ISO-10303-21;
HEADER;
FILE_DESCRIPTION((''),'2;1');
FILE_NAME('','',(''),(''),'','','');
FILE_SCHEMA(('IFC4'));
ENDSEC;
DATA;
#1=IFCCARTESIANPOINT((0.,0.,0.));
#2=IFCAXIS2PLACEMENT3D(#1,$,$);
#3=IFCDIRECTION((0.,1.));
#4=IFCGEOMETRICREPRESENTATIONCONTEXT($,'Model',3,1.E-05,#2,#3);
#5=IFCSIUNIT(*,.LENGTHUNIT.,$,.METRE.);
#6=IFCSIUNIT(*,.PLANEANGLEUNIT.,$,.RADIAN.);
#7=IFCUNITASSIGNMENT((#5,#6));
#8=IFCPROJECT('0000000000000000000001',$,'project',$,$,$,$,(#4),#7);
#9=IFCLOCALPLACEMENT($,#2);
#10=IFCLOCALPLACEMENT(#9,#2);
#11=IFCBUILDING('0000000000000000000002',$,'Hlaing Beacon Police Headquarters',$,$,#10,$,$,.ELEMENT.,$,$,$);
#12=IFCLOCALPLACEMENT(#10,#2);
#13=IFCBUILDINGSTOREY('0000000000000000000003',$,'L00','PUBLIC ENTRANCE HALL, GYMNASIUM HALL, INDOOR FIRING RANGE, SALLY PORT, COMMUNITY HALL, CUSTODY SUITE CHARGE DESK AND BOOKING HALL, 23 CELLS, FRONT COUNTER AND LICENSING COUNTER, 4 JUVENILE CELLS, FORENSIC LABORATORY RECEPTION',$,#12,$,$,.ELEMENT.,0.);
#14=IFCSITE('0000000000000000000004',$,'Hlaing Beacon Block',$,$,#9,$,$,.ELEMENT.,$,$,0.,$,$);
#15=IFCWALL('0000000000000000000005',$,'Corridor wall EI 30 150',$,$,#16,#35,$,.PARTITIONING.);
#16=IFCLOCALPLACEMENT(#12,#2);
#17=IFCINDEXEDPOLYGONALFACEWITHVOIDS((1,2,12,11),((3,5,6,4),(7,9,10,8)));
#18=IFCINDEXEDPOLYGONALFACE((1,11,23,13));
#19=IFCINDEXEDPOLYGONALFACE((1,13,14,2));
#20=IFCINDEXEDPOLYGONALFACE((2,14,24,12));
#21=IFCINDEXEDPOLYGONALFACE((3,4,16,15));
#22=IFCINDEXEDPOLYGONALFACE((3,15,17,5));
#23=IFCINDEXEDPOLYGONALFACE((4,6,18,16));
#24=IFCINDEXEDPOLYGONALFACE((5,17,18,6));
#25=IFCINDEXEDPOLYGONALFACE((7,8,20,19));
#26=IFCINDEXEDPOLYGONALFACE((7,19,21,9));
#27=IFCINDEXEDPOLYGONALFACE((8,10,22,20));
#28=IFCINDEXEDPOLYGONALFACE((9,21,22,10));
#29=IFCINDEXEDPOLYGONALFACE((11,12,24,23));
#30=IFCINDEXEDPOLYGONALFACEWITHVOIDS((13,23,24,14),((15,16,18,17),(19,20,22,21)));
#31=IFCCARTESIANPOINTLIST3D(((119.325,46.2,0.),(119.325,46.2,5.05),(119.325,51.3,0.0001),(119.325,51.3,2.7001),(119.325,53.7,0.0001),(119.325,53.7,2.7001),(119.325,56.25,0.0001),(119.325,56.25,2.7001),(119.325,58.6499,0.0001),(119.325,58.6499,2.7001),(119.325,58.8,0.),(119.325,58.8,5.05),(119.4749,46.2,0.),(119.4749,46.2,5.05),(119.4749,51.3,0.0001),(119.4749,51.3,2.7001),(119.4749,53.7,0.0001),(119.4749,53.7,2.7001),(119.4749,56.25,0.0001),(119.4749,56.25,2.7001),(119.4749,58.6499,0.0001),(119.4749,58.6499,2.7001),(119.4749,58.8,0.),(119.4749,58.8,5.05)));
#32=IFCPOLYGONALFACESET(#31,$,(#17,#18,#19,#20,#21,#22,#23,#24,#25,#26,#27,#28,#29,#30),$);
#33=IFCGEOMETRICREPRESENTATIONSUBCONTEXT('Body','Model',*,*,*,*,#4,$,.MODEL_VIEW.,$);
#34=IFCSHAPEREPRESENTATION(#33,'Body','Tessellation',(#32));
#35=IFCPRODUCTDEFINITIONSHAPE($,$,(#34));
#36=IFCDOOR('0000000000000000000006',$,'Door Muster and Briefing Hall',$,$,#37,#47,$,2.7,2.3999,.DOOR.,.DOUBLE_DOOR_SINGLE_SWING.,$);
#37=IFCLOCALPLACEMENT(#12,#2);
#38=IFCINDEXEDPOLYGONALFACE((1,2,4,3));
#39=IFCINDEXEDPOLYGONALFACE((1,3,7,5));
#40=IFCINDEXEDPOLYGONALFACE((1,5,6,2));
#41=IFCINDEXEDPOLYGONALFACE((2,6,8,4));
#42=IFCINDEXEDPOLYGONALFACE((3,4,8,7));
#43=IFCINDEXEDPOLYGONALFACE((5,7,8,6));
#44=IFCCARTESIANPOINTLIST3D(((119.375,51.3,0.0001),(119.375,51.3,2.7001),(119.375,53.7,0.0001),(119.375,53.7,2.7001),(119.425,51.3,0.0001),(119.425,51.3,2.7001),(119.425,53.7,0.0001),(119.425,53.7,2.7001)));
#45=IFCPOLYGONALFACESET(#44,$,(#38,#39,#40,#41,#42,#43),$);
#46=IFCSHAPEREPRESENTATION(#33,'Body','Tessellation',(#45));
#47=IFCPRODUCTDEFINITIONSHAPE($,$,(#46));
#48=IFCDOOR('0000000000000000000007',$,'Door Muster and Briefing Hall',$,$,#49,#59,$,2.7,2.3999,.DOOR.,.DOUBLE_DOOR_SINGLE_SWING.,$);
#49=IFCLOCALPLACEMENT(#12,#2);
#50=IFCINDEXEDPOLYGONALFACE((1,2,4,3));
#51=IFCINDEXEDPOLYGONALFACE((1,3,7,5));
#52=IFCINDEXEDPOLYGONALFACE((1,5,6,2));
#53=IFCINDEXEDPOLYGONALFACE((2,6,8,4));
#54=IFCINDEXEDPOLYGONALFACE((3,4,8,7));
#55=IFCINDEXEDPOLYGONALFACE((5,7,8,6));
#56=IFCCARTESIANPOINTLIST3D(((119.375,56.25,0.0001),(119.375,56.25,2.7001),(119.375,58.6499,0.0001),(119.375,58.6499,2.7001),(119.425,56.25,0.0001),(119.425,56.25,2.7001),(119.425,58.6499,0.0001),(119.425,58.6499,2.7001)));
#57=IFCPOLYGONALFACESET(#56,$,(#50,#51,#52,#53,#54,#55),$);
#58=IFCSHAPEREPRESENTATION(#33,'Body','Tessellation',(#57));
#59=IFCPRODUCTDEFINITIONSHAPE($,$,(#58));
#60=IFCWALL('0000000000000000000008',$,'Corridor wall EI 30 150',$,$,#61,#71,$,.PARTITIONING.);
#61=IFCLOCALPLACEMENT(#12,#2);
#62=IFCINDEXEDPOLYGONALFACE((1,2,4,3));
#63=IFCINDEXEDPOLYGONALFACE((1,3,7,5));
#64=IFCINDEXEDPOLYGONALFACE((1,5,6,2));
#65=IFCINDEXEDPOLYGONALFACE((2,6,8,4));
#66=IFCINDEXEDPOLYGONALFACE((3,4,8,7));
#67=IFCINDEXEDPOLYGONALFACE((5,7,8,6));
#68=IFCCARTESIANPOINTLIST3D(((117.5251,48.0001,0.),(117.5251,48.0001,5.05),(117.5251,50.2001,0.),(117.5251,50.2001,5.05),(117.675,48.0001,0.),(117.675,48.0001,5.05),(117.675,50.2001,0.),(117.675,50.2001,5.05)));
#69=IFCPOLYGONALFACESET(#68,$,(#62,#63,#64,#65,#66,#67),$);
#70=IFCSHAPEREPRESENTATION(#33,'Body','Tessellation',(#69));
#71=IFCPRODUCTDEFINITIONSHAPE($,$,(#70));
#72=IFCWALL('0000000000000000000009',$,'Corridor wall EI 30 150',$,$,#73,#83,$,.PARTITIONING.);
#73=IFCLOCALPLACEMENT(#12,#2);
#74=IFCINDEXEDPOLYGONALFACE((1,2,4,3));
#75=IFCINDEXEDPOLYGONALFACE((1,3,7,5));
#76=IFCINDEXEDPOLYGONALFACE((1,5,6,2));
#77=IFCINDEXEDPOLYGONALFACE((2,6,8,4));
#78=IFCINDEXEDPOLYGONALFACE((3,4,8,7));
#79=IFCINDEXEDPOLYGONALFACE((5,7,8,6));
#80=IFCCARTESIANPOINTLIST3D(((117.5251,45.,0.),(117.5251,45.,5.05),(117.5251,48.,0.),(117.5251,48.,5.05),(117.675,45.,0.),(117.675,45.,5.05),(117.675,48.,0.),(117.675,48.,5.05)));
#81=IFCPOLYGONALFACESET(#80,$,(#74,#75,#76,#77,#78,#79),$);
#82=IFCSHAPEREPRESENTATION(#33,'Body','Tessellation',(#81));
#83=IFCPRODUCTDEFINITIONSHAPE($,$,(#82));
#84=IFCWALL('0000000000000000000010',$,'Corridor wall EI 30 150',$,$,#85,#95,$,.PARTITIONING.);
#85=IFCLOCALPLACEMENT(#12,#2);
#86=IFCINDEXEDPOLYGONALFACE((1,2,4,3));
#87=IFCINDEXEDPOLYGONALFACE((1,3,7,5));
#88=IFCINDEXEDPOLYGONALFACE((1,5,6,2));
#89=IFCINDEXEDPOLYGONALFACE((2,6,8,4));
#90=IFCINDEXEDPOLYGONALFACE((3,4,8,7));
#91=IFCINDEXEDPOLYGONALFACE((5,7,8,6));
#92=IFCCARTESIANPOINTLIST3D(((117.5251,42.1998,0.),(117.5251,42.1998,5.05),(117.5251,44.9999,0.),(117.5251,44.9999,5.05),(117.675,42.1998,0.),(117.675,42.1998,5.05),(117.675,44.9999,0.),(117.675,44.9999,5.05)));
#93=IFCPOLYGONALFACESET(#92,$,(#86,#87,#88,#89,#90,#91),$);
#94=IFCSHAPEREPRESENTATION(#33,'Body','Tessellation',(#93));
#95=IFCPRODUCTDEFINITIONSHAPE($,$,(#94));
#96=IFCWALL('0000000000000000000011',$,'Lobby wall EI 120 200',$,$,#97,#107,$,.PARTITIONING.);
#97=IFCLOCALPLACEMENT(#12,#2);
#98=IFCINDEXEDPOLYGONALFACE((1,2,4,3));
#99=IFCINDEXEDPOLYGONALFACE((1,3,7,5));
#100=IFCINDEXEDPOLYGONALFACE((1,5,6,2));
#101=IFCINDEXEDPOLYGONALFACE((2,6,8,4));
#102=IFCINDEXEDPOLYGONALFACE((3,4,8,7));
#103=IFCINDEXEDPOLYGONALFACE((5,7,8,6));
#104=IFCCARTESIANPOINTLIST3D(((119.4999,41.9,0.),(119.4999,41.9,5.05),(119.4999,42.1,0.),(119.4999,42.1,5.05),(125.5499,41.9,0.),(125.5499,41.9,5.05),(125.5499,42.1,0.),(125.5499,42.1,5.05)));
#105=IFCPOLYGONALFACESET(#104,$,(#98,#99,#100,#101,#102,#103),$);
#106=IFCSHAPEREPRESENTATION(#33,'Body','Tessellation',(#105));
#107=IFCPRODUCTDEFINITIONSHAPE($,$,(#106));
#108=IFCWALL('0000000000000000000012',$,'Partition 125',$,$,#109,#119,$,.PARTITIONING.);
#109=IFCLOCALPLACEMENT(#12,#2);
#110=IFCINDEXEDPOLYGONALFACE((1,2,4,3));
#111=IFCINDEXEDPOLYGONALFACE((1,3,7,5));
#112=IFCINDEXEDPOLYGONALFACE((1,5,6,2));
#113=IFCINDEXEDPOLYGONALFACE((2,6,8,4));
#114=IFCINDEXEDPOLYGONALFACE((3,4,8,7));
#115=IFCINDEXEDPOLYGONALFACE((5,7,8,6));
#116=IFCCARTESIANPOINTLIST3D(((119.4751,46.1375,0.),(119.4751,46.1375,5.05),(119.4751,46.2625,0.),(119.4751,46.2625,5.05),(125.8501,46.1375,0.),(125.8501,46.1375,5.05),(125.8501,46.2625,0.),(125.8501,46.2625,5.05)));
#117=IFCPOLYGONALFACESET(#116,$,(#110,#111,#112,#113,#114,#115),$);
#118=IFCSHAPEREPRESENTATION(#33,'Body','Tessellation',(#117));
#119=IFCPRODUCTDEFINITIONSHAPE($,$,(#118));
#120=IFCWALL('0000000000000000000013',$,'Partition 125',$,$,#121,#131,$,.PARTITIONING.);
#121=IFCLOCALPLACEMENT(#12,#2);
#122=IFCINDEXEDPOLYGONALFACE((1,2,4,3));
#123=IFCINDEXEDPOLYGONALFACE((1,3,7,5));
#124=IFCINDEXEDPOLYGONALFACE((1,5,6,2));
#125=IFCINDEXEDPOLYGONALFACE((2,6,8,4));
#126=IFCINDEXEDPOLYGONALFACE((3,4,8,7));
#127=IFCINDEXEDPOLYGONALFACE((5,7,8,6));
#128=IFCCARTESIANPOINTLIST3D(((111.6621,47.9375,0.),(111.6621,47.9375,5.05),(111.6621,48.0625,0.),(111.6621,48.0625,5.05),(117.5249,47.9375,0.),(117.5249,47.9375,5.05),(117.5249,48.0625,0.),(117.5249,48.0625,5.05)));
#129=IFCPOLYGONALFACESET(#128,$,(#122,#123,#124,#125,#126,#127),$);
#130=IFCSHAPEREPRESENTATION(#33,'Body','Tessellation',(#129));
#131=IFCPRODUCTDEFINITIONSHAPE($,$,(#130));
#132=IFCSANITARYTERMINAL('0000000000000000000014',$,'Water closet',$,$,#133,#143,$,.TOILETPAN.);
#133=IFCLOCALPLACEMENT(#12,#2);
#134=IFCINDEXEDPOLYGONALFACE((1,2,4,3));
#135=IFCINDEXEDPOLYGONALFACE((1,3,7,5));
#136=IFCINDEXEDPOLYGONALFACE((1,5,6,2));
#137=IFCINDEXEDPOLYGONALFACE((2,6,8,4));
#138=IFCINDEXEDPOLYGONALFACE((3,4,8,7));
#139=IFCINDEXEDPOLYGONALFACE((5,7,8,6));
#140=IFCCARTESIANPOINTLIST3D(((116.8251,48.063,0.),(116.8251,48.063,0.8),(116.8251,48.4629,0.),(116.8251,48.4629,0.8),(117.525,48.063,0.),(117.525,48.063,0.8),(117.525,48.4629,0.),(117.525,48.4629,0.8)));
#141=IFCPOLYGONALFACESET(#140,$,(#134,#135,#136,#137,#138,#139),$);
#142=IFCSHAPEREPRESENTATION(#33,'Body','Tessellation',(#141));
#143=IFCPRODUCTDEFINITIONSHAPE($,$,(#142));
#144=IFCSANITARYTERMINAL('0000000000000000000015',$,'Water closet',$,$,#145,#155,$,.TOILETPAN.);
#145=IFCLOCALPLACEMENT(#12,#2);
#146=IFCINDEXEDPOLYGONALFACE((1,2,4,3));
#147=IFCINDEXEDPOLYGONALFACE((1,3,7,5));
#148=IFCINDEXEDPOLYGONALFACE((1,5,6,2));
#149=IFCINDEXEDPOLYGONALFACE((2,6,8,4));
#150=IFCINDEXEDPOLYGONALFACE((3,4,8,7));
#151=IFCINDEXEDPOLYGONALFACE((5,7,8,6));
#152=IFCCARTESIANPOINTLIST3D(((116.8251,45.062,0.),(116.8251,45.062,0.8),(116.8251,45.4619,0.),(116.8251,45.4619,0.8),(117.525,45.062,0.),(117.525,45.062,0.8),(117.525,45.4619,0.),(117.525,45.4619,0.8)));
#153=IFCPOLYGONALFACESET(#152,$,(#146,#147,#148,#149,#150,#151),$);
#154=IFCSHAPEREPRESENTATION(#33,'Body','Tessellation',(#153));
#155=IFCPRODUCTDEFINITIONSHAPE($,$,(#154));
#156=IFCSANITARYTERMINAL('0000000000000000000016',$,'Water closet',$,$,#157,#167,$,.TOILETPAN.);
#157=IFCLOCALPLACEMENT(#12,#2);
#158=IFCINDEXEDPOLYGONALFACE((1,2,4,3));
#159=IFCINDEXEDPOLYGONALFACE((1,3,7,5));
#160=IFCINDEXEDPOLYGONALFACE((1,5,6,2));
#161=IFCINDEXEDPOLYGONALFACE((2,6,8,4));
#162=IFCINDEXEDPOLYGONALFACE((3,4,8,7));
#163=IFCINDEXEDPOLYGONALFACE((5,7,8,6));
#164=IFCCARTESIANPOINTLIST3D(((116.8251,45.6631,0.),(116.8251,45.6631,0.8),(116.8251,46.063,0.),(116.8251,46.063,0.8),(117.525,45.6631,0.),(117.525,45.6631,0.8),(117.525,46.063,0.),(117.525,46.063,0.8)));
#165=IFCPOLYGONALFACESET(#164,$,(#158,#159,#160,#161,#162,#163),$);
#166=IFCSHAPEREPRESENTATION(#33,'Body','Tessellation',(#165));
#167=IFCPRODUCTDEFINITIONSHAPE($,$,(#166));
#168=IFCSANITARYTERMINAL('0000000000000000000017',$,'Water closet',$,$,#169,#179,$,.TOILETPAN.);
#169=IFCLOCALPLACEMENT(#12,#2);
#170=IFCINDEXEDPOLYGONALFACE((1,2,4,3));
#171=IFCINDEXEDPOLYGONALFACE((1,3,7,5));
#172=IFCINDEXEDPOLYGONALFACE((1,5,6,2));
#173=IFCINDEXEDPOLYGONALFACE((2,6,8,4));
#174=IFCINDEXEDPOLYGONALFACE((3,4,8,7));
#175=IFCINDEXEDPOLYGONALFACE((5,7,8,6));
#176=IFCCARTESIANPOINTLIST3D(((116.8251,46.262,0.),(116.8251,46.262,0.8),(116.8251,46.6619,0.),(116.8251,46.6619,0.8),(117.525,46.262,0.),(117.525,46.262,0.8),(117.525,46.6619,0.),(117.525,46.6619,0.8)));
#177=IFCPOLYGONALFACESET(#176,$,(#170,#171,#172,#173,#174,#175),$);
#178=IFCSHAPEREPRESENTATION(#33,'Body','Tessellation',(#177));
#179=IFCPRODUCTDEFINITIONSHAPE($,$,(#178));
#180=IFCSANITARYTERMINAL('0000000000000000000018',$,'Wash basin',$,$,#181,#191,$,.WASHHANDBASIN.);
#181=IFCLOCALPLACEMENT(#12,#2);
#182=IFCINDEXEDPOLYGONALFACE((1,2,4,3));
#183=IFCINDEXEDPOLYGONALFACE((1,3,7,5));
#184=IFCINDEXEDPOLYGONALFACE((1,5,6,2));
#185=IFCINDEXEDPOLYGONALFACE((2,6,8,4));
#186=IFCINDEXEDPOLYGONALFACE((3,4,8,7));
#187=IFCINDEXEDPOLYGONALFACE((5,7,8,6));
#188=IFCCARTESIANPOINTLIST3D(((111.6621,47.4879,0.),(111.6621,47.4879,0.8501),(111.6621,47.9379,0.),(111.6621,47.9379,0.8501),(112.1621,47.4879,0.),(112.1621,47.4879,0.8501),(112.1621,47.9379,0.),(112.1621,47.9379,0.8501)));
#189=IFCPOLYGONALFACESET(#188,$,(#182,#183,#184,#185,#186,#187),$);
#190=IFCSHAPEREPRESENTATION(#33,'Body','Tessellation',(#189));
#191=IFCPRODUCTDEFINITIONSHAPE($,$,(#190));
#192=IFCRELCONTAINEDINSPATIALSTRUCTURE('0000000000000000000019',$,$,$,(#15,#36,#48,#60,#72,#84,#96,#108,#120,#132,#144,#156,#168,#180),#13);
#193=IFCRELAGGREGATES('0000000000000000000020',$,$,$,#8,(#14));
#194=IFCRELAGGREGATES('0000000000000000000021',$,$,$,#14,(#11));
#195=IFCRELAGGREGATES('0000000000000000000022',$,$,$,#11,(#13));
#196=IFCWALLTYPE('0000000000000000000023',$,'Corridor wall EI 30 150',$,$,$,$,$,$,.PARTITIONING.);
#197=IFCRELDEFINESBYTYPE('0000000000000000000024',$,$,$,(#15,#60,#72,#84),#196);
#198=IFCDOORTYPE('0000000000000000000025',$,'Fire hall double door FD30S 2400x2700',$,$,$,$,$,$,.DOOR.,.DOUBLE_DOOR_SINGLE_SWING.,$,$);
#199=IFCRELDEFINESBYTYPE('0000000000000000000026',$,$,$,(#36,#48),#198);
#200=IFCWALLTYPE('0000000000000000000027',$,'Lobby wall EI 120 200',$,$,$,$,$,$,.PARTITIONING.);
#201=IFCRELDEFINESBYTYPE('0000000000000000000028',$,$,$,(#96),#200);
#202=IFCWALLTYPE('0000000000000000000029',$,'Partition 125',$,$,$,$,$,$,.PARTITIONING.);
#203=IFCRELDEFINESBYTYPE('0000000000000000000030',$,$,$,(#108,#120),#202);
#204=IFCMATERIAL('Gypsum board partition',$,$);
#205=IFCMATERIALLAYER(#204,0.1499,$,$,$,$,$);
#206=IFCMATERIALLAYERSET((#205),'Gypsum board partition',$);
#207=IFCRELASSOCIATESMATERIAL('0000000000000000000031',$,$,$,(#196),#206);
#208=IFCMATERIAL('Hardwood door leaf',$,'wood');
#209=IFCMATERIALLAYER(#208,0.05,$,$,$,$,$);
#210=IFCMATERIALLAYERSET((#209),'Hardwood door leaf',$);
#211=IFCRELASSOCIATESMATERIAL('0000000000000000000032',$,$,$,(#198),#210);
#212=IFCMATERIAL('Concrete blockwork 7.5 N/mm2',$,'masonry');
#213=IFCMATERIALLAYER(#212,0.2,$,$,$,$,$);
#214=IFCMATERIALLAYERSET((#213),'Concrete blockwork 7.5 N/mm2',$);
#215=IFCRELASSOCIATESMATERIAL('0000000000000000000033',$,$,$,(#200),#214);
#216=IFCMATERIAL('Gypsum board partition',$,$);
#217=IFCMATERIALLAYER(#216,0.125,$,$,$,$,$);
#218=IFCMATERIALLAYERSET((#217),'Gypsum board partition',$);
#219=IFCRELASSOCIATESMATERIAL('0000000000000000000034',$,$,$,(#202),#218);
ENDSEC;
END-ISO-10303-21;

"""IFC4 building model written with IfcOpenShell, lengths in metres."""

from ifc_helpers import new_model, si_unit, direction, frame, frame_2d, origin, origin_2d, place, context, subcontext, project, spatial, rectangle, extrude, material, layer, layer_set, type_object, element, fill, save


model = new_model("IFC4")

# Units and contexts
model_context = context("Model", 3, precision=1e-05, world=origin(), true_north=direction((0.0, 1.0)))
body_context = subcontext(model_context, "Body", "Model", "MODEL_VIEW")
ifc_project = project(units=[si_unit("LENGTHUNIT", "METRE"), si_unit("PLANEANGLEUNIT", "RADIAN")], contexts=[model_context])

# Site, building, storey
site_placement = place(None, origin())
site = spatial("IfcSite", under=ifc_project, at=site_placement, Name="Hlaing Beacon Block", CompositionType="ELEMENT", RefElevation=0.0)
building_placement = place(site_placement, origin())
building = spatial("IfcBuilding", under=site, at=building_placement, Name="Hlaing Beacon Police Headquarters", CompositionType="ELEMENT")
storey_placement = place(building_placement, origin())
storey = spatial("IfcBuildingStorey", under=building, at=storey_placement, Name="L00", Description="PUBLIC ENTRANCE HALL, GYMNASIUM HALL, INDOOR FIRING RANGE, SALLY PORT, COMMUNITY HALL, CUSTODY SUITE CHARGE DESK AND BOOKING HALL, 23 CELLS, FRONT COUNTER AND LICENSING COUNTER, 4 JUVENILE CELLS, FORENSIC LABORATORY RECEPTION", CompositionType="ELEMENT", Elevation=0.0)

# Shared definitions
ifc_material_1 = material(Name="Gypsum board partition")
ifc_layer_1 = layer(ifc_material_1, 0.1499)
ifc_layer_set_1 = layer_set([ifc_layer_1], Name="Gypsum board partition")
wall_type_1 = type_object("IfcWallType", Name="Corridor wall EI 30 150", PredefinedType="PARTITIONING", material=ifc_layer_set_1)

# Wall, openings, doors
wall_1_placement = place(storey_placement, frame((119.3999, 46.2, 0.0), z_axis=(0.0, 0.0, 1.0), x_axis=(0.0, 1.0, 0.0)))
wall_1 = element("IfcWall", 1, at=wall_1_placement, inside=storey, type_object=wall_type_1, Name="Corridor wall EI 30 150", PredefinedType="PARTITIONING", context=body_context, shape_type="SweptSolid", body=[
    extrude(rectangle(XDim=12.6001, YDim=0.1499, at=frame_2d((6.3, 0.0))), origin(), (0.0, 0.0, 1.0), 5.05),
])
opening_1_placement = place(wall_1_placement, frame((5.1001, 0.0, 0.0)))
opening_1 = element("IfcOpeningElement", 2, at=opening_1_placement, cuts=wall_1, PredefinedType="OPENING", context=body_context, shape_type="SweptSolid", body=[
    extrude(rectangle(XDim=2.3999, YDim=2.7, at=frame_2d((1.2, 1.3501))), frame((0.0, 0.085, 0.0), z_axis=(0.0, -1.0, 0.0), x_axis=(1.0, 0.0, 0.0)), (0.0, 0.0, 1.0), 0.1699),
])
opening_2_placement = place(wall_1_placement, frame((10.05, 0.0, 0.0)))
opening_2 = element("IfcOpeningElement", 3, at=opening_2_placement, cuts=wall_1, PredefinedType="OPENING", context=body_context, shape_type="SweptSolid", body=[
    extrude(rectangle(XDim=2.3999, YDim=2.7, at=frame_2d((1.2, 1.3501))), frame((0.0, 0.085, 0.0), z_axis=(0.0, -1.0, 0.0), x_axis=(1.0, 0.0, 0.0)), (0.0, 0.0, 1.0), 0.1699),
])
ifc_material_2 = material(Name="Hardwood door leaf", Category="wood")
ifc_layer_2 = layer(ifc_material_2, 0.05)
ifc_layer_set_2 = layer_set([ifc_layer_2], Name="Hardwood door leaf")
door_type_1 = type_object("IfcDoorType", Name="Fire hall double door FD30S 2400x2700", OperationType="DOUBLE_DOOR_SINGLE_SWING", PredefinedType="DOOR", material=ifc_layer_set_2)
door_1_placement = place(opening_1_placement, origin())
door_1 = element("IfcDoor", 4, at=door_1_placement, inside=storey, type_object=door_type_1, Name="Door Muster and Briefing Hall", OperationType="DOUBLE_DOOR_SINGLE_SWING", OverallHeight=2.7, OverallWidth=2.3999, PredefinedType="DOOR", context=body_context, shape_type="SweptSolid", body=[
    extrude(rectangle(XDim=2.3999, YDim=2.7, at=frame_2d((1.2, 1.3501))), frame((0.0, 0.0249, 0.0), z_axis=(0.0, -1.0, 0.0), x_axis=(1.0, 0.0, 0.0)), (0.0, 0.0, 1.0), 0.05),
])
fill(opening_1, door_1)
door_2_placement = place(opening_2_placement, origin())
door_2 = element("IfcDoor", 5, at=door_2_placement, inside=storey, type_object=door_type_1, Name="Door Muster and Briefing Hall", OperationType="DOUBLE_DOOR_SINGLE_SWING", OverallHeight=2.7, OverallWidth=2.3999, PredefinedType="DOOR", context=body_context, shape_type="SweptSolid", body=[
    extrude(rectangle(XDim=2.3999, YDim=2.7, at=frame_2d((1.2, 1.3501))), frame((0.0, 0.0249, 0.0), z_axis=(0.0, -1.0, 0.0), x_axis=(1.0, 0.0, 0.0)), (0.0, 0.0, 1.0), 0.05),
])
fill(opening_2, door_2)

# Walls
wall_2_placement = place(storey_placement, frame((117.6001, 48.0, 0.0), z_axis=(0.0, 0.0, 1.0), x_axis=(0.0, 1.0, 0.0)))
element("IfcWall", 6, at=wall_2_placement, inside=storey, type_object=wall_type_1, Name="Corridor wall EI 30 150", PredefinedType="PARTITIONING", context=body_context, shape_type="SweptSolid", body=[
    extrude(rectangle(XDim=2.2, YDim=0.1499, at=frame_2d((1.1001, 0.0))), origin(), (0.0, 0.0, 1.0), 5.05),
])
wall_3_placement = place(storey_placement, frame((117.6001, 45.0, 0.0), z_axis=(0.0, 0.0, 1.0), x_axis=(0.0, 1.0, 0.0)))
element("IfcWall", 7, at=wall_3_placement, inside=storey, type_object=wall_type_1, Name="Corridor wall EI 30 150", PredefinedType="PARTITIONING", context=body_context, shape_type="SweptSolid", body=[
    extrude(rectangle(XDim=3.0, YDim=0.1499, at=frame_2d((1.5, 0.0))), origin(), (0.0, 0.0, 1.0), 5.05),
])
wall_4_placement = place(storey_placement, frame((117.6001, 42.2, 0.0), z_axis=(0.0, 0.0, 1.0), x_axis=(0.0, 1.0, 0.0)))
element("IfcWall", 8, at=wall_4_placement, inside=storey, type_object=wall_type_1, Name="Corridor wall EI 30 150", PredefinedType="PARTITIONING", context=body_context, shape_type="SweptSolid", body=[
    extrude(rectangle(XDim=2.8, YDim=0.1499, at=frame_2d((1.3999, 0.0))), origin(), (0.0, 0.0, 1.0), 5.05),
])
ifc_material_3 = material(Name="Concrete blockwork 7.5 N/mm2", Category="masonry")
ifc_layer_3 = layer(ifc_material_3, 0.2)
ifc_layer_set_3 = layer_set([ifc_layer_3], Name="Concrete blockwork 7.5 N/mm2")
wall_type_2 = type_object("IfcWallType", Name="Lobby wall EI 120 200", PredefinedType="PARTITIONING", material=ifc_layer_set_3)
wall_5_placement = place(storey_placement, frame((119.5, 42.0, 0.0), z_axis=(0.0, 0.0, 1.0), x_axis=(1.0, 0.0, 0.0)))
element("IfcWall", 9, at=wall_5_placement, inside=storey, type_object=wall_type_2, Name="Lobby wall EI 120 200", PredefinedType="PARTITIONING", context=body_context, shape_type="SweptSolid", body=[
    extrude(rectangle(XDim=6.05, YDim=0.2, at=frame_2d((3.0249, 0.0))), origin(), (0.0, 0.0, 1.0), 5.05),
])
ifc_material_4 = material(Name="Gypsum board partition")
ifc_layer_4 = layer(ifc_material_4, 0.125)
ifc_layer_set_4 = layer_set([ifc_layer_4], Name="Gypsum board partition")
wall_type_3 = type_object("IfcWallType", Name="Partition 125", PredefinedType="PARTITIONING", material=ifc_layer_set_4)
wall_6_placement = place(storey_placement, frame((119.4751, 46.2, 0.0), z_axis=(0.0, 0.0, 1.0), x_axis=(1.0, 0.0, 0.0)))
element("IfcWall", 10, at=wall_6_placement, inside=storey, type_object=wall_type_3, Name="Partition 125", PredefinedType="PARTITIONING", context=body_context, shape_type="SweptSolid", body=[
    extrude(rectangle(XDim=6.375, YDim=0.125, at=frame_2d((3.1875, 0.0))), origin(), (0.0, 0.0, 1.0), 5.05),
])
wall_7_placement = place(storey_placement, frame((111.6621, 48.0, 0.0), z_axis=(0.0, 0.0, 1.0), x_axis=(1.0, 0.0, 0.0)))
element("IfcWall", 11, at=wall_7_placement, inside=storey, type_object=wall_type_3, Name="Partition 125", PredefinedType="PARTITIONING", context=body_context, shape_type="SweptSolid", body=[
    extrude(rectangle(XDim=5.8628, YDim=0.125, at=frame_2d((2.9314, 0.0))), origin(), (0.0, 0.0, 1.0), 5.05),
])

# Sanitary terminals
for number, where, z_axis, x_axis, name in (
    (12, (117.175, 48.2629, 0.0), (0.0, 0.0, 1.0), (1.0, 0.0, 0.0), "Water closet"),
    (13, (117.175, 45.262, 0.0), (0.0, 0.0, 1.0), (1.0, 0.0, 0.0), "Water closet"),
    (14, (117.175, 45.863, 0.0), (0.0, 0.0, 1.0), (1.0, 0.0, 0.0), "Water closet"),
    (15, (117.175, 46.4619, 0.0), (0.0, 0.0, 1.0), (1.0, 0.0, 0.0), "Water closet"),
):
    element("IfcSanitaryTerminal", number, at=place(storey_placement, frame(where, z_axis=z_axis, x_axis=x_axis)), inside=storey, Name=name, PredefinedType="TOILETPAN", context=body_context, shape_type="SweptSolid", body=[
        extrude(rectangle(XDim=0.7, YDim=0.3999, at=origin_2d()), origin(), (0.0, 0.0, 1.0), 0.8),
    ])
for number, where, z_axis, x_axis, name in (
    (16, (111.9121, 47.7129, 0.0), (0.0, 0.0, 1.0), (1.0, 0.0, 0.0), "Wash basin"),
):
    element("IfcSanitaryTerminal", number, at=place(storey_placement, frame(where, z_axis=z_axis, x_axis=x_axis)), inside=storey, Name=name, PredefinedType="WASHHANDBASIN", context=body_context, shape_type="SweptSolid", body=[
        extrude(rectangle(XDim=0.5, YDim=0.45, at=origin_2d()), origin(), (0.0, 0.0, 1.0), 0.8501),
    ])

save(model, "model.ifc")
